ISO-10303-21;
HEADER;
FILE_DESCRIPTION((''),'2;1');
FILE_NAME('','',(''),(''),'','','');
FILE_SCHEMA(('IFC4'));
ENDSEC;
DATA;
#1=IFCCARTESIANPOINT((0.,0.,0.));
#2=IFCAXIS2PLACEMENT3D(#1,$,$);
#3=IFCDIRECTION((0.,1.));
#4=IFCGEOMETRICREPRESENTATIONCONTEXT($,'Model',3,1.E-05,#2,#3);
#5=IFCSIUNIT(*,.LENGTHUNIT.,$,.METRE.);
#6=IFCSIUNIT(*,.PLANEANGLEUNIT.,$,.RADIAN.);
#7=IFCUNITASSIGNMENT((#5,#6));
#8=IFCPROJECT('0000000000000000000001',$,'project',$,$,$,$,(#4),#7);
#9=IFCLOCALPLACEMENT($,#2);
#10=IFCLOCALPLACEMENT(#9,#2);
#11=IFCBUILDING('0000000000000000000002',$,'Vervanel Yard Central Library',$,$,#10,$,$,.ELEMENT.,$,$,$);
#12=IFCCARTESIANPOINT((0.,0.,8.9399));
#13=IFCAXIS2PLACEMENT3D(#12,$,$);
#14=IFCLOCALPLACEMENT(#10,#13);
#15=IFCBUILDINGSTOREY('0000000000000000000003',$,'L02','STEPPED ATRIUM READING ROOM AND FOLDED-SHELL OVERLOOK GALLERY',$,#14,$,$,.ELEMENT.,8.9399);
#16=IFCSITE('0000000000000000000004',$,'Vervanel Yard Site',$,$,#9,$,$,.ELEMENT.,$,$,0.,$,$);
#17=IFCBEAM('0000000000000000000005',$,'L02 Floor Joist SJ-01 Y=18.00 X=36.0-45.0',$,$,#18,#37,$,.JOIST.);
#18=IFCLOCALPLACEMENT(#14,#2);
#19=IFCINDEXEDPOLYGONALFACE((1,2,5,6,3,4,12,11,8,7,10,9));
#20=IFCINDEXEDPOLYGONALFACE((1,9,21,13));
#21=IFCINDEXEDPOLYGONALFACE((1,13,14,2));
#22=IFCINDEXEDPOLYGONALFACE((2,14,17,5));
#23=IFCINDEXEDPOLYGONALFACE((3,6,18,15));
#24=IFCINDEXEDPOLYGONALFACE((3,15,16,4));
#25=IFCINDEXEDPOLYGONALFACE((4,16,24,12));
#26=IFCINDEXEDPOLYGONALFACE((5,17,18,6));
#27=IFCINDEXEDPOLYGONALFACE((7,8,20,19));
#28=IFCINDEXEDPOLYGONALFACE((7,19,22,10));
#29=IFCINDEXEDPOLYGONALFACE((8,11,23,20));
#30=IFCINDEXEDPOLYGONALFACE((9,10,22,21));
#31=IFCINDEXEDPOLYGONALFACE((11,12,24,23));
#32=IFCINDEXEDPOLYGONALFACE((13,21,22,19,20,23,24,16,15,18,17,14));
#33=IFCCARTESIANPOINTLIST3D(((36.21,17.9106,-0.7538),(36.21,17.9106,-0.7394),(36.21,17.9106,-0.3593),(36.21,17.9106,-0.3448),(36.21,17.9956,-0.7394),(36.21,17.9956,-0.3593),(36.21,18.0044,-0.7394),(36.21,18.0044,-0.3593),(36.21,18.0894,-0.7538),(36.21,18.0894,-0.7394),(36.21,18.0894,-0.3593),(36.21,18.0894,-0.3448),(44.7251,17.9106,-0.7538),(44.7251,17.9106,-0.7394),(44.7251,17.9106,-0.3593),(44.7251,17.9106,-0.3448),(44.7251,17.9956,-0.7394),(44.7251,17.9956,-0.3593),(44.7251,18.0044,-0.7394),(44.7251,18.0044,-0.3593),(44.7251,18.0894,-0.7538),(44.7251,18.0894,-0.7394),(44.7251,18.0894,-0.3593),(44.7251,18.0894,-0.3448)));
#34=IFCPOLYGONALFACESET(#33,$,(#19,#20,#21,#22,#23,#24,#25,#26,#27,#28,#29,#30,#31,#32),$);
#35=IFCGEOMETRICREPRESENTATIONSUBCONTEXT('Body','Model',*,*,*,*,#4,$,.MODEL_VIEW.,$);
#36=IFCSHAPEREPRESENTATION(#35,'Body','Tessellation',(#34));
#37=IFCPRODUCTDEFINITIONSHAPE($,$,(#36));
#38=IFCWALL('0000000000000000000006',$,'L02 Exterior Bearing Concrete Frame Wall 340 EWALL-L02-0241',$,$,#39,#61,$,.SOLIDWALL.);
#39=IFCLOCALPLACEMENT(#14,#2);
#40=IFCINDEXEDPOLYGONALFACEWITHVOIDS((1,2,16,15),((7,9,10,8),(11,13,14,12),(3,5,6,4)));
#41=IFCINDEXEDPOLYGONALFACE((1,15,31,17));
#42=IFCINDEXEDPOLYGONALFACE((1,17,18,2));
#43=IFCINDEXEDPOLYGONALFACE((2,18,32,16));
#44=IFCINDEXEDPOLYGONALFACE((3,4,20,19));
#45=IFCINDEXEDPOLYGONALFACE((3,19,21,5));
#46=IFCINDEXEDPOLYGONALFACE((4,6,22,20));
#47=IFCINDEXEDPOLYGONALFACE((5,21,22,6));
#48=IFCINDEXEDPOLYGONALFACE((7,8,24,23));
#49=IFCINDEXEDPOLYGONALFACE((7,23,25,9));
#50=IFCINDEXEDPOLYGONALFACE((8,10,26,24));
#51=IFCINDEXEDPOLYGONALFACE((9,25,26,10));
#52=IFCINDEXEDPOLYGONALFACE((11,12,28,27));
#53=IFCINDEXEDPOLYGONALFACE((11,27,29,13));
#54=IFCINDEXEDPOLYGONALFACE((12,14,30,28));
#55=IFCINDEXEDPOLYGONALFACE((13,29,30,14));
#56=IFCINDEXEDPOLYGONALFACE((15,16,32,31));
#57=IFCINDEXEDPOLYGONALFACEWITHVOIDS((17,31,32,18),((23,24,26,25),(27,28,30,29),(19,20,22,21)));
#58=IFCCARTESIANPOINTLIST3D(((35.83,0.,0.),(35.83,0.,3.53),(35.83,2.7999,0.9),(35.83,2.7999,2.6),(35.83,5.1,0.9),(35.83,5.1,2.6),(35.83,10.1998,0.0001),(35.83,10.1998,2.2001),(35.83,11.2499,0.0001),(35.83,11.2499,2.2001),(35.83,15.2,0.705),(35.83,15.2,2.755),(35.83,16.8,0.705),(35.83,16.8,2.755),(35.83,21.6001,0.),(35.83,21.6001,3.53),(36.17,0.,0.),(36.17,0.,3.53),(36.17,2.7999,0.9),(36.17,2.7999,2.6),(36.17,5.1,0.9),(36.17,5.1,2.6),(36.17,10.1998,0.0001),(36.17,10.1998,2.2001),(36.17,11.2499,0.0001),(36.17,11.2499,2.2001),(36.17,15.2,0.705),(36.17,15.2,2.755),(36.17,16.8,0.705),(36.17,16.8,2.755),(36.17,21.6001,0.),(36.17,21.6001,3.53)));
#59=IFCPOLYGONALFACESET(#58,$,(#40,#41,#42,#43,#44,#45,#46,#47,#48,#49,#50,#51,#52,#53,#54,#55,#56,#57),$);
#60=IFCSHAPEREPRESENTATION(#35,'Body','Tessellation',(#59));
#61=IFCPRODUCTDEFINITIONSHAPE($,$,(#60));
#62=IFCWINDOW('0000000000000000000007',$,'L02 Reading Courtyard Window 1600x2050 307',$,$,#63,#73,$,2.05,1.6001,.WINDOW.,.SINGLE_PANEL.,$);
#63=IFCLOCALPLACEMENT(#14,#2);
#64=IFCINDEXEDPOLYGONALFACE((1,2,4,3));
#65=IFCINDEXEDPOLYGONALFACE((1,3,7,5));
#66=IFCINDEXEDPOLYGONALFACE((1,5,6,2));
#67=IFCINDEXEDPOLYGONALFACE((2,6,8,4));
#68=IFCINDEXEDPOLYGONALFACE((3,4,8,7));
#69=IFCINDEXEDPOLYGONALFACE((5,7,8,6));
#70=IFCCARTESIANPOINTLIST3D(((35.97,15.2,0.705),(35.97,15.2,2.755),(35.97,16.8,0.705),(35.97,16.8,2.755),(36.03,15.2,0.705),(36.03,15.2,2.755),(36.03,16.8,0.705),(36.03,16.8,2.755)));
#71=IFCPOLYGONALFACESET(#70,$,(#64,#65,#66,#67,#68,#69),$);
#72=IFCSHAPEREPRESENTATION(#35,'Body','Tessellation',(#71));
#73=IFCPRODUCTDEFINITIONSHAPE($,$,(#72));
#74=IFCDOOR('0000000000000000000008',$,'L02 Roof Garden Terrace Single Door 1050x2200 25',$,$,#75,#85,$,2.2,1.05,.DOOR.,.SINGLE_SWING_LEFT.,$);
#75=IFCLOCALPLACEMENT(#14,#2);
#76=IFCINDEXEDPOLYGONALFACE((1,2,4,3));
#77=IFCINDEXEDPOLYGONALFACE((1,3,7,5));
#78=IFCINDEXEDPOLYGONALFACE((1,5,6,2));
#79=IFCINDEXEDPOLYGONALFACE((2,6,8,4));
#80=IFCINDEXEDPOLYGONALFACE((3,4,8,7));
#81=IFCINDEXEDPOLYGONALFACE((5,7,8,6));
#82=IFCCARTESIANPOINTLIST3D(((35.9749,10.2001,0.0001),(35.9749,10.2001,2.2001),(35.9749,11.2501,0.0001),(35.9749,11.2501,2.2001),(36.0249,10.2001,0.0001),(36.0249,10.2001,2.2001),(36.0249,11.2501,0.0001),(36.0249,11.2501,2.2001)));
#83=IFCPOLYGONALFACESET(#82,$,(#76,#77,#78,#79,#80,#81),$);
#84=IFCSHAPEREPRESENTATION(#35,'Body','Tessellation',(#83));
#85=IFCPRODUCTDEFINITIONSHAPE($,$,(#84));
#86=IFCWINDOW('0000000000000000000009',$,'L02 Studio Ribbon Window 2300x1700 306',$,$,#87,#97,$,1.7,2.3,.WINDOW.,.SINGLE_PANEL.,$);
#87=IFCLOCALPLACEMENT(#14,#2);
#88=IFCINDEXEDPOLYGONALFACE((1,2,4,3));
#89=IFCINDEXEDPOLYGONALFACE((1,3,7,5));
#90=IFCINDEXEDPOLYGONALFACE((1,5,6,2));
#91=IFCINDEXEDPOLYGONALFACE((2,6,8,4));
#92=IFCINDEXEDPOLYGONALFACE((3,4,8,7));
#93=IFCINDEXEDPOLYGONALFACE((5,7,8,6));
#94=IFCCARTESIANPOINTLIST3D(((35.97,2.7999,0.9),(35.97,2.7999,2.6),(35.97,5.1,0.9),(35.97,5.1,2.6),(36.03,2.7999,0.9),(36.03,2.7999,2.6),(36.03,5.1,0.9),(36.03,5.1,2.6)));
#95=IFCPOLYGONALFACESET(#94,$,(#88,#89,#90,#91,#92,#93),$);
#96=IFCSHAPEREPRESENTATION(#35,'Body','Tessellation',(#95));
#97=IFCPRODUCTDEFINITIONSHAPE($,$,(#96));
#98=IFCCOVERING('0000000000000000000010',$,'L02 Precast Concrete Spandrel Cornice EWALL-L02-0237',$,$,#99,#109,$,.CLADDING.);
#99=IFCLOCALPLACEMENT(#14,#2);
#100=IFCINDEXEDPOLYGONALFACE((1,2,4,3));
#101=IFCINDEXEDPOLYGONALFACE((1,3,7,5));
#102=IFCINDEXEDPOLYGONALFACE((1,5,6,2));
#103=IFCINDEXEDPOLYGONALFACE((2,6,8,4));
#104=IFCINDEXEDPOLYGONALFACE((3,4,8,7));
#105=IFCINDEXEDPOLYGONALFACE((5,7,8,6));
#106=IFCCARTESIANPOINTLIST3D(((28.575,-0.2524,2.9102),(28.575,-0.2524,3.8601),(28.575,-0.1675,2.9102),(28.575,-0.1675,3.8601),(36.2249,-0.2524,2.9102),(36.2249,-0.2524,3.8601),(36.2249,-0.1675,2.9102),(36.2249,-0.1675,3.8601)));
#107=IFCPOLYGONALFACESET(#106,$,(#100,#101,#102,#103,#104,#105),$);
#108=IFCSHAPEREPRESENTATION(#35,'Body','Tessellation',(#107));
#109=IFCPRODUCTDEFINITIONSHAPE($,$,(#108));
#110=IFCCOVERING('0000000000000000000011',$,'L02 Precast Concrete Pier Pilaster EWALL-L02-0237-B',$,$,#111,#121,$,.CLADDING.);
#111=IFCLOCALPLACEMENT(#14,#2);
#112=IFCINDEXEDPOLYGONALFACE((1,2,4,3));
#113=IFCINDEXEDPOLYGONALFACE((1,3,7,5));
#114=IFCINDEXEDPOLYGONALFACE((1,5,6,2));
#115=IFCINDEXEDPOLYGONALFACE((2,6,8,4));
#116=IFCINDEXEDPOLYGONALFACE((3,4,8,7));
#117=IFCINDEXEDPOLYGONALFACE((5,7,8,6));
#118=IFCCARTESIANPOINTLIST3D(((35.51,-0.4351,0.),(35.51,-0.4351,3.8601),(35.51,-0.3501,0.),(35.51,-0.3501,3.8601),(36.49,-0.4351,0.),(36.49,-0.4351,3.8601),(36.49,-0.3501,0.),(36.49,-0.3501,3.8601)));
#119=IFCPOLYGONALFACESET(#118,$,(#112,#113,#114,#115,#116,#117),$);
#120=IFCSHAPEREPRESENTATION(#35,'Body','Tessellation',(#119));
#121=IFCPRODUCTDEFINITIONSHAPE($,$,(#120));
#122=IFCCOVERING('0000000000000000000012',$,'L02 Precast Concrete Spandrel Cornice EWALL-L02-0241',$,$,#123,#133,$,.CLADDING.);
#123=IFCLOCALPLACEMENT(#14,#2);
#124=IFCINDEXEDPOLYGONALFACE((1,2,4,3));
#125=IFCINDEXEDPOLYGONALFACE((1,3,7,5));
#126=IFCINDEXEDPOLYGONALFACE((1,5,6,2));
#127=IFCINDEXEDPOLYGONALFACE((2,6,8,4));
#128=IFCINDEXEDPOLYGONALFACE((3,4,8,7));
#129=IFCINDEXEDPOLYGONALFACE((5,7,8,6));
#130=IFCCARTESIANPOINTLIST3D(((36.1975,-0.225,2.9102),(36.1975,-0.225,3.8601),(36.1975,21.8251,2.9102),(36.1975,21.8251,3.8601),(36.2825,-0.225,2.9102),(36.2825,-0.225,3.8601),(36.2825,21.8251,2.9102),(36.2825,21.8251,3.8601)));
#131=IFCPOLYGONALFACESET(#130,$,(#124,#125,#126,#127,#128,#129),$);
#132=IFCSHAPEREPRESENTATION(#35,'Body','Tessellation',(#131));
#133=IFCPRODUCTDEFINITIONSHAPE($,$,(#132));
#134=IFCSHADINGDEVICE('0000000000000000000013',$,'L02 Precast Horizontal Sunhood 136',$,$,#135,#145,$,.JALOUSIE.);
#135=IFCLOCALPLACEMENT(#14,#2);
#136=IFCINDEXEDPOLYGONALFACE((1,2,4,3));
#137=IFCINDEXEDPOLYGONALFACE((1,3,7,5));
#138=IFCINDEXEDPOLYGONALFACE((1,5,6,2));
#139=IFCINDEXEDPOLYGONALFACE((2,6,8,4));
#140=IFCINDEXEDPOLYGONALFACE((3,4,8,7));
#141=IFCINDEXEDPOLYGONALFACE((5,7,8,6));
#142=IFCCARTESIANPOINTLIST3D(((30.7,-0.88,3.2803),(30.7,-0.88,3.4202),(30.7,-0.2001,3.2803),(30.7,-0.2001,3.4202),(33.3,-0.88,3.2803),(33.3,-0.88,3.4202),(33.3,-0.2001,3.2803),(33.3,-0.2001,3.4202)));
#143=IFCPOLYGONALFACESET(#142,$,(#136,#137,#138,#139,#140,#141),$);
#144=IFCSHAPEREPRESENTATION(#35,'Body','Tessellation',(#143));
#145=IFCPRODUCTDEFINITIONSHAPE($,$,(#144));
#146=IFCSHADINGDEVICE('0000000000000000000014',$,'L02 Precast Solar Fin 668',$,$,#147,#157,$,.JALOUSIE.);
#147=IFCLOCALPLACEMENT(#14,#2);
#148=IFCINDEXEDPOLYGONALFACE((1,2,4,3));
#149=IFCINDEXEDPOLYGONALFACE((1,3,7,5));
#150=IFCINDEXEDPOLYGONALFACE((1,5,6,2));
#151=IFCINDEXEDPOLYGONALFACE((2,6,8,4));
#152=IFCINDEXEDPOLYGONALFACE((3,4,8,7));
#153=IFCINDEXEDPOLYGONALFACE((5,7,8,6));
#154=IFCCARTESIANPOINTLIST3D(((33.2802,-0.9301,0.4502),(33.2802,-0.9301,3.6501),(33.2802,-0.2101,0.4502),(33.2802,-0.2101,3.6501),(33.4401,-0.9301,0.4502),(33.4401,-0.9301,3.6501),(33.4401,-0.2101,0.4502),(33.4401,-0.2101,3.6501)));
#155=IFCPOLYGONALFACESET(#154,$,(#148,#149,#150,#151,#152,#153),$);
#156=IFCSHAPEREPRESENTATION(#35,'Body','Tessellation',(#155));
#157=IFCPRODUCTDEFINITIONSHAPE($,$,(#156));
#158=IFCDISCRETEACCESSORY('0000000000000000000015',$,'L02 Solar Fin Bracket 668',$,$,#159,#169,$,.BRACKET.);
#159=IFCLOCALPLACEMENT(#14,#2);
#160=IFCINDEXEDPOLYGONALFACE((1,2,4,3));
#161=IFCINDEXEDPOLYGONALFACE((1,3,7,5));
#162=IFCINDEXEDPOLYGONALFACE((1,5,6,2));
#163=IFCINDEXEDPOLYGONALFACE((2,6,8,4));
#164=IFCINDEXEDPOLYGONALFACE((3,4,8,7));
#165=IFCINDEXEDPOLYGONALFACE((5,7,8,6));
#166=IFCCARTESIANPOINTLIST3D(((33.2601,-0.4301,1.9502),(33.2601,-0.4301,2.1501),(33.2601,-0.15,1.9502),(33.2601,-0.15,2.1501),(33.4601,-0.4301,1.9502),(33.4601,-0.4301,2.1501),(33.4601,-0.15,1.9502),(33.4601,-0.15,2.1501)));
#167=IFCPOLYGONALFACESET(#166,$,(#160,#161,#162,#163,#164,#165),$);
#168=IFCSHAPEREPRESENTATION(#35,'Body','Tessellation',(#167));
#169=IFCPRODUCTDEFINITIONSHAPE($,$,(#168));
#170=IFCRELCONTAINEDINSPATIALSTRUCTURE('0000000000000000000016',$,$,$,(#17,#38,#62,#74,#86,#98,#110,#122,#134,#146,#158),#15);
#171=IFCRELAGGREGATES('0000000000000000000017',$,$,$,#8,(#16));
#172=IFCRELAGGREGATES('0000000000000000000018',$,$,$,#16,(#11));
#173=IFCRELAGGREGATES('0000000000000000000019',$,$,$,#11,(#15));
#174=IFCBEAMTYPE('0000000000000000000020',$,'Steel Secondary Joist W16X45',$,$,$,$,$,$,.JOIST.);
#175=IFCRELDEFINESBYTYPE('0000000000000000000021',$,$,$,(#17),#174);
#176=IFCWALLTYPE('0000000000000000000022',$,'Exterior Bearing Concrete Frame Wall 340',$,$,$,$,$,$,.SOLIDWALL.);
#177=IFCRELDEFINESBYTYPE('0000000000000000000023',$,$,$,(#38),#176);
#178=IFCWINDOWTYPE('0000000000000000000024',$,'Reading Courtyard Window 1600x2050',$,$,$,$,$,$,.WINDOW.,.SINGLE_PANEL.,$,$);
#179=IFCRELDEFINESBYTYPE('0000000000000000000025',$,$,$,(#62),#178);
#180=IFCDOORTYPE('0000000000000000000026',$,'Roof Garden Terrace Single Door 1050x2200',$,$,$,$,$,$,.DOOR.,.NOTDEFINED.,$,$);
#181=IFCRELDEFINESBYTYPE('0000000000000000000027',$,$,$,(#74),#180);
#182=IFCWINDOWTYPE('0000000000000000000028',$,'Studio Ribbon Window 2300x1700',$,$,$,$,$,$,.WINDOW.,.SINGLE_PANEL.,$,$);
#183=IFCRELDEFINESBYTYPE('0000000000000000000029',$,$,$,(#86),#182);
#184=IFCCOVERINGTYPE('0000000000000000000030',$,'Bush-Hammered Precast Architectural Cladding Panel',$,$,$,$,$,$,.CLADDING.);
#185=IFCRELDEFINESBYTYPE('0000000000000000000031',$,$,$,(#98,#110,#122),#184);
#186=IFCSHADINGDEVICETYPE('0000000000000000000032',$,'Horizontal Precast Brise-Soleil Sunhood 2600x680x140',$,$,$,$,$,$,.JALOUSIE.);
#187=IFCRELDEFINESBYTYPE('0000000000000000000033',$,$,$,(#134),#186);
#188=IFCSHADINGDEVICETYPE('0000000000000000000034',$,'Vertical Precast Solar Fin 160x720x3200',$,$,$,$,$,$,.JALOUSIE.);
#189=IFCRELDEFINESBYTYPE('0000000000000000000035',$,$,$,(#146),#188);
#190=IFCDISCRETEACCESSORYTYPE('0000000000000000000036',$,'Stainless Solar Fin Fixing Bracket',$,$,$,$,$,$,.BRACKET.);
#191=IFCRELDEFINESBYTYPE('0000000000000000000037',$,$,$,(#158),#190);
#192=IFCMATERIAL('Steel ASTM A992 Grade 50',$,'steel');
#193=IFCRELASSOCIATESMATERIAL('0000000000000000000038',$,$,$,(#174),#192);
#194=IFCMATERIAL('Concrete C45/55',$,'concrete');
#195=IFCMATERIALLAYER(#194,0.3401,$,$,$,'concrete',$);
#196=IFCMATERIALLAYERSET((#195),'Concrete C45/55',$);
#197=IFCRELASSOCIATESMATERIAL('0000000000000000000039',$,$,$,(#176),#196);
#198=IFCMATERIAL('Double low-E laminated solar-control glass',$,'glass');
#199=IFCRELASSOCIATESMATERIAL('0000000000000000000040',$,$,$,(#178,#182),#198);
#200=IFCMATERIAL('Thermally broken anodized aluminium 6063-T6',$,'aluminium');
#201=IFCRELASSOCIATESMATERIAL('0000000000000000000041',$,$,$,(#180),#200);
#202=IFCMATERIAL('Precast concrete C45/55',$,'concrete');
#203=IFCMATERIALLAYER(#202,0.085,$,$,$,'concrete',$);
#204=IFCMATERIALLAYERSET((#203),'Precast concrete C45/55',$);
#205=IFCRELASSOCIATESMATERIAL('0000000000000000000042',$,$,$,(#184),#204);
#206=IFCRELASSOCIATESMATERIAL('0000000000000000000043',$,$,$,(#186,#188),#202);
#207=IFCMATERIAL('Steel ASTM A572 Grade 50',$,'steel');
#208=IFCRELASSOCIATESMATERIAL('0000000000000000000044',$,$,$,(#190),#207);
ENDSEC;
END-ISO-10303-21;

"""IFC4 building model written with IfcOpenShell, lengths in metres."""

from ifc_helpers import new_model, si_unit, direction, frame, frame_2d, origin, origin_2d, place, context, subcontext, project, spatial, rectangle, i_section, extrude, material, layer, layer_set, material_profile, profile_set, type_object, element, fill, save


model = new_model("IFC4")

# Units and contexts
model_context = context("Model", 3, precision=1e-05, world=origin(), true_north=direction((0.0, 1.0)))
body_context = subcontext(model_context, "Body", "Model", "MODEL_VIEW")
ifc_project = project(units=[si_unit("LENGTHUNIT", "METRE"), si_unit("PLANEANGLEUNIT", "RADIAN")], contexts=[model_context])

# Site, building, storey
site_placement = place(None, origin())
site = spatial("IfcSite", under=ifc_project, at=site_placement, Name="Vervanel Yard Site", CompositionType="ELEMENT", RefElevation=0.0)
building_placement = place(site_placement, origin())
building = spatial("IfcBuilding", under=site, at=building_placement, Name="Vervanel Yard Central Library", CompositionType="ELEMENT")
storey_placement = place(building_placement, frame((0.0, 0.0, 8.9399)))
storey = spatial("IfcBuildingStorey", under=building, at=storey_placement, Name="L02", Description="STEPPED ATRIUM READING ROOM AND FOLDED-SHELL OVERLOOK GALLERY", CompositionType="ELEMENT", Elevation=8.9399)

# Beam
ifc_material_1 = material(Name="Steel ASTM A992 Grade 50", Category="steel")
ifc_material_profile_1 = material_profile(ifc_material_1, i_section(OverallWidth=0.1787, OverallDepth=0.4089, WebThickness=0.0088, FlangeThickness=0.0144, at=origin_2d()), Name="W16X45", Category="steel")
ifc_profile_set_1 = profile_set([ifc_material_profile_1], Name="Steel ASTM A992 Grade 50")
beam_type_1 = type_object("IfcBeamType", Name="Steel Secondary Joist W16X45", PredefinedType="JOIST", material=ifc_profile_set_1)
for number, where, z_axis, x_axis, name in (
    (1, (36.21, 18.0, -0.5493), (1.0, 0.0, 0.0), (0.0, 1.0, 0.0), "L02 Floor Joist SJ-01 Y=18.00 X=36.0-45.0"),
):
    element("IfcBeam", number, at=place(storey_placement, frame(where, z_axis=z_axis, x_axis=x_axis)), inside=storey, type_object=beam_type_1, Name=name, PredefinedType="JOIST", context=body_context, shape_type="SweptSolid", body=[
        extrude(i_section(OverallWidth=0.1787, OverallDepth=0.4089, WebThickness=0.0088, FlangeThickness=0.0144, at=origin_2d()), origin(), (0.0, 0.0, 1.0), 8.5151),
    ])

# Wall, openings, windows, door
ifc_material_2 = material(Name="Concrete C45/55", Category="concrete")
ifc_layer_1 = layer(ifc_material_2, 0.3401, Category="concrete")
ifc_layer_set_1 = layer_set([ifc_layer_1], Name="Concrete C45/55")
wall_type = type_object("IfcWallType", Name="Exterior Bearing Concrete Frame Wall 340", PredefinedType="SOLIDWALL", material=ifc_layer_set_1)
wall_placement = place(storey_placement, frame((36.0, 0.0, 0.0), z_axis=(0.0, 0.0, 1.0), x_axis=(0.0, 1.0, 0.0)))
wall = element("IfcWall", 2, at=wall_placement, inside=storey, type_object=wall_type, Name="L02 Exterior Bearing Concrete Frame Wall 340 EWALL-L02-0241", PredefinedType="SOLIDWALL", context=body_context, shape_type="SweptSolid", body=[
    extrude(rectangle(XDim=21.6001, YDim=0.3401, at=frame_2d((10.8, 0.0))), origin(), (0.0, 0.0, 1.0), 3.53),
])
opening_1_placement = place(wall_placement, frame((10.2, 0.0, 0.0)))
opening_1 = element("IfcOpeningElement", 3, at=opening_1_placement, cuts=wall, PredefinedType="OPENING", context=body_context, shape_type="SweptSolid", body=[
    extrude(rectangle(XDim=1.05, YDim=2.2, at=frame_2d((0.5249, 1.1001))), frame((0.0, 0.1799, 0.0), z_axis=(0.0, -1.0, 0.0), x_axis=(1.0, 0.0, 0.0)), (0.0, 0.0, 1.0), 0.3601),
])
opening_2_placement = place(wall_placement, frame((2.8, 0.0, 0.8999)))
opening_2 = element("IfcOpeningElement", 4, at=opening_2_placement, cuts=wall, PredefinedType="OPENING", context=body_context, shape_type="SweptSolid", body=[
    extrude(rectangle(XDim=2.3, YDim=1.7, at=frame_2d((1.1499, 0.8501))), frame((0.0, 0.1799, 0.0), z_axis=(0.0, -1.0, 0.0), x_axis=(1.0, 0.0, 0.0)), (0.0, 0.0, 1.0), 0.3601),
])
opening_3_placement = place(wall_placement, frame((15.2, 0.0, 0.7051)))
opening_3 = element("IfcOpeningElement", 5, at=opening_3_placement, cuts=wall, PredefinedType="OPENING", context=body_context, shape_type="SweptSolid", body=[
    extrude(rectangle(XDim=1.6001, YDim=2.05, at=frame_2d((0.8, 1.0249))), frame((0.0, 0.1799, 0.0), z_axis=(0.0, -1.0, 0.0), x_axis=(1.0, 0.0, 0.0)), (0.0, 0.0, 1.0), 0.3601),
])
ifc_material_3 = material(Name="Double low-E laminated solar-control glass", Category="glass")
window_type_1 = type_object("IfcWindowType", Name="Reading Courtyard Window 1600x2050", PartitioningType="SINGLE_PANEL", PredefinedType="WINDOW", material=ifc_material_3)
window_1_placement = place(opening_3_placement, origin())
window_1 = element("IfcWindow", 6, at=window_1_placement, inside=storey, type_object=window_type_1, Name="L02 Reading Courtyard Window 1600x2050 307", OverallHeight=2.05, OverallWidth=1.6001, PartitioningType="SINGLE_PANEL", PredefinedType="WINDOW", context=body_context, shape_type="SweptSolid", body=[
    extrude(rectangle(XDim=1.6001, YDim=2.05, at=frame_2d((0.8, 1.0249))), frame((0.0, 0.03, 0.0), z_axis=(0.0, -1.0, 0.0), x_axis=(1.0, 0.0, 0.0)), (0.0, 0.0, 1.0), 0.0601),
])
fill(opening_3, window_1)
ifc_material_4 = material(Name="Thermally broken anodized aluminium 6063-T6", Category="aluminium")
door_type = type_object("IfcDoorType", Name="Roof Garden Terrace Single Door 1050x2200", OperationType="NOTDEFINED", PredefinedType="DOOR", material=ifc_material_4)
door_placement = place(opening_1_placement, frame((1.05, 0.0, 0.0), z_axis=(0.0, 0.0, 1.0), x_axis=(-1.0, 0.0, 0.0)))
door = element("IfcDoor", 7, at=door_placement, inside=storey, type_object=door_type, Name="L02 Roof Garden Terrace Single Door 1050x2200 25", OperationType="SINGLE_SWING_LEFT", OverallHeight=2.2, OverallWidth=1.05, PredefinedType="DOOR", context=body_context, shape_type="SweptSolid", body=[
    extrude(rectangle(XDim=1.05, YDim=2.2, at=frame_2d((0.5249, 1.1001))), frame((0.0, 0.0249, 0.0), z_axis=(0.0, -1.0, 0.0), x_axis=(1.0, 0.0, 0.0)), (0.0, 0.0, 1.0), 0.05),
])
fill(opening_1, door)
window_type_2 = type_object("IfcWindowType", Name="Studio Ribbon Window 2300x1700", PartitioningType="SINGLE_PANEL", PredefinedType="WINDOW", material=ifc_material_3)
window_2_placement = place(opening_2_placement, origin())
window_2 = element("IfcWindow", 8, at=window_2_placement, inside=storey, type_object=window_type_2, Name="L02 Studio Ribbon Window 2300x1700 306", OverallHeight=1.7, OverallWidth=2.3, PartitioningType="SINGLE_PANEL", PredefinedType="WINDOW", context=body_context, shape_type="SweptSolid", body=[
    extrude(rectangle(XDim=2.3, YDim=1.7, at=frame_2d((1.1499, 0.8501))), frame((0.0, 0.03, 0.0), z_axis=(0.0, -1.0, 0.0), x_axis=(1.0, 0.0, 0.0)), (0.0, 0.0, 1.0), 0.0601),
])
fill(opening_2, window_2)

# Coverings
ifc_material_5 = material(Name="Precast concrete C45/55", Category="concrete")
ifc_layer_2 = layer(ifc_material_5, 0.085, Category="concrete")
ifc_layer_set_2 = layer_set([ifc_layer_2], Name="Precast concrete C45/55")
covering_type = type_object("IfcCoveringType", Name="Bush-Hammered Precast Architectural Cladding Panel", PredefinedType="CLADDING", material=ifc_layer_set_2)
covering_1_placement = place(storey_placement, frame((32.3999, -0.21, 2.9102), z_axis=(0.0, 0.0, 1.0), x_axis=(1.0, 0.0, 0.0)))
element("IfcCovering", 9, at=covering_1_placement, inside=storey, type_object=covering_type, Name="L02 Precast Concrete Spandrel Cornice EWALL-L02-0237", PredefinedType="CLADDING", context=body_context, shape_type="SweptSolid", body=[
    extrude(rectangle(XDim=7.6499, YDim=0.085, at=origin_2d()), origin(), (0.0, 0.0, 1.0), 0.95),
])
covering_2_placement = place(storey_placement, frame((36.0, -0.3926, 0.0), z_axis=(0.0, 0.0, 1.0), x_axis=(1.0, 0.0, 0.0)))
element("IfcCovering", 10, at=covering_2_placement, inside=storey, type_object=covering_type, Name="L02 Precast Concrete Pier Pilaster EWALL-L02-0237-B", PredefinedType="CLADDING", context=body_context, shape_type="SweptSolid", body=[
    extrude(rectangle(XDim=0.98, YDim=0.085, at=origin_2d()), origin(), (0.0, 0.0, 1.0), 3.8601),
])
covering_3_placement = place(storey_placement, frame((36.24, 10.8, 2.9102), z_axis=(0.0, 0.0, 1.0), x_axis=(0.0, 1.0, 0.0)))
element("IfcCovering", 11, at=covering_3_placement, inside=storey, type_object=covering_type, Name="L02 Precast Concrete Spandrel Cornice EWALL-L02-0241", PredefinedType="CLADDING", context=body_context, shape_type="SweptSolid", body=[
    extrude(rectangle(XDim=22.05, YDim=0.085, at=origin_2d()), origin(), (0.0, 0.0, 1.0), 0.95),
])

# Shading devices
shading_device_type_1 = type_object("IfcShadingDeviceType", Name="Horizontal Precast Brise-Soleil Sunhood 2600x680x140", PredefinedType="JALOUSIE", material=ifc_material_5)
shading_device_1_placement = place(storey_placement, frame((32.0, -0.54, 3.2803), z_axis=(0.0, 0.0, 1.0), x_axis=(1.0, 0.0, 0.0)))
element("IfcShadingDevice", 12, at=shading_device_1_placement, inside=storey, type_object=shading_device_type_1, Name="L02 Precast Horizontal Sunhood 136", PredefinedType="JALOUSIE", context=body_context, shape_type="SweptSolid", body=[
    extrude(rectangle(XDim=2.6001, YDim=0.6799, at=origin_2d()), origin(), (0.0, 0.0, 1.0), 0.1399),
])
shading_device_type_2 = type_object("IfcShadingDeviceType", Name="Vertical Precast Solar Fin 160x720x3200", PredefinedType="JALOUSIE", material=ifc_material_5)
shading_device_2_placement = place(storey_placement, frame((33.3601, -0.5701, 0.4502), z_axis=(0.0, 0.0, 1.0), x_axis=(1.0, 0.0, 0.0)))
element("IfcShadingDevice", 13, at=shading_device_2_placement, inside=storey, type_object=shading_device_type_2, Name="L02 Precast Solar Fin 668", PredefinedType="JALOUSIE", context=body_context, shape_type="SweptSolid", body=[
    extrude(rectangle(XDim=0.1599, YDim=0.72, at=origin_2d()), origin(), (0.0, 0.0, 1.0), 3.2),
])

# Discrete accessory
ifc_material_6 = material(Name="Steel ASTM A572 Grade 50", Category="steel")
discrete_accessory_type = type_object("IfcDiscreteAccessoryType", Name="Stainless Solar Fin Fixing Bracket", PredefinedType="BRACKET", material=ifc_material_6)
for number, where, z_axis, x_axis, name in (
    (14, (33.3601, -0.29, 1.9502), (0.0, 0.0, 1.0), (1.0, 0.0, 0.0), "L02 Solar Fin Bracket 668"),
):
    element("IfcDiscreteAccessory", number, at=place(storey_placement, frame(where, z_axis=z_axis, x_axis=x_axis)), inside=storey, type_object=discrete_accessory_type, Name=name, PredefinedType="BRACKET", context=body_context, shape_type="SweptSolid", body=[
        extrude(rectangle(XDim=0.2, YDim=0.28, at=origin_2d()), origin(), (0.0, 0.0, 1.0), 0.2),
    ])

save(model, "model.ifc")
